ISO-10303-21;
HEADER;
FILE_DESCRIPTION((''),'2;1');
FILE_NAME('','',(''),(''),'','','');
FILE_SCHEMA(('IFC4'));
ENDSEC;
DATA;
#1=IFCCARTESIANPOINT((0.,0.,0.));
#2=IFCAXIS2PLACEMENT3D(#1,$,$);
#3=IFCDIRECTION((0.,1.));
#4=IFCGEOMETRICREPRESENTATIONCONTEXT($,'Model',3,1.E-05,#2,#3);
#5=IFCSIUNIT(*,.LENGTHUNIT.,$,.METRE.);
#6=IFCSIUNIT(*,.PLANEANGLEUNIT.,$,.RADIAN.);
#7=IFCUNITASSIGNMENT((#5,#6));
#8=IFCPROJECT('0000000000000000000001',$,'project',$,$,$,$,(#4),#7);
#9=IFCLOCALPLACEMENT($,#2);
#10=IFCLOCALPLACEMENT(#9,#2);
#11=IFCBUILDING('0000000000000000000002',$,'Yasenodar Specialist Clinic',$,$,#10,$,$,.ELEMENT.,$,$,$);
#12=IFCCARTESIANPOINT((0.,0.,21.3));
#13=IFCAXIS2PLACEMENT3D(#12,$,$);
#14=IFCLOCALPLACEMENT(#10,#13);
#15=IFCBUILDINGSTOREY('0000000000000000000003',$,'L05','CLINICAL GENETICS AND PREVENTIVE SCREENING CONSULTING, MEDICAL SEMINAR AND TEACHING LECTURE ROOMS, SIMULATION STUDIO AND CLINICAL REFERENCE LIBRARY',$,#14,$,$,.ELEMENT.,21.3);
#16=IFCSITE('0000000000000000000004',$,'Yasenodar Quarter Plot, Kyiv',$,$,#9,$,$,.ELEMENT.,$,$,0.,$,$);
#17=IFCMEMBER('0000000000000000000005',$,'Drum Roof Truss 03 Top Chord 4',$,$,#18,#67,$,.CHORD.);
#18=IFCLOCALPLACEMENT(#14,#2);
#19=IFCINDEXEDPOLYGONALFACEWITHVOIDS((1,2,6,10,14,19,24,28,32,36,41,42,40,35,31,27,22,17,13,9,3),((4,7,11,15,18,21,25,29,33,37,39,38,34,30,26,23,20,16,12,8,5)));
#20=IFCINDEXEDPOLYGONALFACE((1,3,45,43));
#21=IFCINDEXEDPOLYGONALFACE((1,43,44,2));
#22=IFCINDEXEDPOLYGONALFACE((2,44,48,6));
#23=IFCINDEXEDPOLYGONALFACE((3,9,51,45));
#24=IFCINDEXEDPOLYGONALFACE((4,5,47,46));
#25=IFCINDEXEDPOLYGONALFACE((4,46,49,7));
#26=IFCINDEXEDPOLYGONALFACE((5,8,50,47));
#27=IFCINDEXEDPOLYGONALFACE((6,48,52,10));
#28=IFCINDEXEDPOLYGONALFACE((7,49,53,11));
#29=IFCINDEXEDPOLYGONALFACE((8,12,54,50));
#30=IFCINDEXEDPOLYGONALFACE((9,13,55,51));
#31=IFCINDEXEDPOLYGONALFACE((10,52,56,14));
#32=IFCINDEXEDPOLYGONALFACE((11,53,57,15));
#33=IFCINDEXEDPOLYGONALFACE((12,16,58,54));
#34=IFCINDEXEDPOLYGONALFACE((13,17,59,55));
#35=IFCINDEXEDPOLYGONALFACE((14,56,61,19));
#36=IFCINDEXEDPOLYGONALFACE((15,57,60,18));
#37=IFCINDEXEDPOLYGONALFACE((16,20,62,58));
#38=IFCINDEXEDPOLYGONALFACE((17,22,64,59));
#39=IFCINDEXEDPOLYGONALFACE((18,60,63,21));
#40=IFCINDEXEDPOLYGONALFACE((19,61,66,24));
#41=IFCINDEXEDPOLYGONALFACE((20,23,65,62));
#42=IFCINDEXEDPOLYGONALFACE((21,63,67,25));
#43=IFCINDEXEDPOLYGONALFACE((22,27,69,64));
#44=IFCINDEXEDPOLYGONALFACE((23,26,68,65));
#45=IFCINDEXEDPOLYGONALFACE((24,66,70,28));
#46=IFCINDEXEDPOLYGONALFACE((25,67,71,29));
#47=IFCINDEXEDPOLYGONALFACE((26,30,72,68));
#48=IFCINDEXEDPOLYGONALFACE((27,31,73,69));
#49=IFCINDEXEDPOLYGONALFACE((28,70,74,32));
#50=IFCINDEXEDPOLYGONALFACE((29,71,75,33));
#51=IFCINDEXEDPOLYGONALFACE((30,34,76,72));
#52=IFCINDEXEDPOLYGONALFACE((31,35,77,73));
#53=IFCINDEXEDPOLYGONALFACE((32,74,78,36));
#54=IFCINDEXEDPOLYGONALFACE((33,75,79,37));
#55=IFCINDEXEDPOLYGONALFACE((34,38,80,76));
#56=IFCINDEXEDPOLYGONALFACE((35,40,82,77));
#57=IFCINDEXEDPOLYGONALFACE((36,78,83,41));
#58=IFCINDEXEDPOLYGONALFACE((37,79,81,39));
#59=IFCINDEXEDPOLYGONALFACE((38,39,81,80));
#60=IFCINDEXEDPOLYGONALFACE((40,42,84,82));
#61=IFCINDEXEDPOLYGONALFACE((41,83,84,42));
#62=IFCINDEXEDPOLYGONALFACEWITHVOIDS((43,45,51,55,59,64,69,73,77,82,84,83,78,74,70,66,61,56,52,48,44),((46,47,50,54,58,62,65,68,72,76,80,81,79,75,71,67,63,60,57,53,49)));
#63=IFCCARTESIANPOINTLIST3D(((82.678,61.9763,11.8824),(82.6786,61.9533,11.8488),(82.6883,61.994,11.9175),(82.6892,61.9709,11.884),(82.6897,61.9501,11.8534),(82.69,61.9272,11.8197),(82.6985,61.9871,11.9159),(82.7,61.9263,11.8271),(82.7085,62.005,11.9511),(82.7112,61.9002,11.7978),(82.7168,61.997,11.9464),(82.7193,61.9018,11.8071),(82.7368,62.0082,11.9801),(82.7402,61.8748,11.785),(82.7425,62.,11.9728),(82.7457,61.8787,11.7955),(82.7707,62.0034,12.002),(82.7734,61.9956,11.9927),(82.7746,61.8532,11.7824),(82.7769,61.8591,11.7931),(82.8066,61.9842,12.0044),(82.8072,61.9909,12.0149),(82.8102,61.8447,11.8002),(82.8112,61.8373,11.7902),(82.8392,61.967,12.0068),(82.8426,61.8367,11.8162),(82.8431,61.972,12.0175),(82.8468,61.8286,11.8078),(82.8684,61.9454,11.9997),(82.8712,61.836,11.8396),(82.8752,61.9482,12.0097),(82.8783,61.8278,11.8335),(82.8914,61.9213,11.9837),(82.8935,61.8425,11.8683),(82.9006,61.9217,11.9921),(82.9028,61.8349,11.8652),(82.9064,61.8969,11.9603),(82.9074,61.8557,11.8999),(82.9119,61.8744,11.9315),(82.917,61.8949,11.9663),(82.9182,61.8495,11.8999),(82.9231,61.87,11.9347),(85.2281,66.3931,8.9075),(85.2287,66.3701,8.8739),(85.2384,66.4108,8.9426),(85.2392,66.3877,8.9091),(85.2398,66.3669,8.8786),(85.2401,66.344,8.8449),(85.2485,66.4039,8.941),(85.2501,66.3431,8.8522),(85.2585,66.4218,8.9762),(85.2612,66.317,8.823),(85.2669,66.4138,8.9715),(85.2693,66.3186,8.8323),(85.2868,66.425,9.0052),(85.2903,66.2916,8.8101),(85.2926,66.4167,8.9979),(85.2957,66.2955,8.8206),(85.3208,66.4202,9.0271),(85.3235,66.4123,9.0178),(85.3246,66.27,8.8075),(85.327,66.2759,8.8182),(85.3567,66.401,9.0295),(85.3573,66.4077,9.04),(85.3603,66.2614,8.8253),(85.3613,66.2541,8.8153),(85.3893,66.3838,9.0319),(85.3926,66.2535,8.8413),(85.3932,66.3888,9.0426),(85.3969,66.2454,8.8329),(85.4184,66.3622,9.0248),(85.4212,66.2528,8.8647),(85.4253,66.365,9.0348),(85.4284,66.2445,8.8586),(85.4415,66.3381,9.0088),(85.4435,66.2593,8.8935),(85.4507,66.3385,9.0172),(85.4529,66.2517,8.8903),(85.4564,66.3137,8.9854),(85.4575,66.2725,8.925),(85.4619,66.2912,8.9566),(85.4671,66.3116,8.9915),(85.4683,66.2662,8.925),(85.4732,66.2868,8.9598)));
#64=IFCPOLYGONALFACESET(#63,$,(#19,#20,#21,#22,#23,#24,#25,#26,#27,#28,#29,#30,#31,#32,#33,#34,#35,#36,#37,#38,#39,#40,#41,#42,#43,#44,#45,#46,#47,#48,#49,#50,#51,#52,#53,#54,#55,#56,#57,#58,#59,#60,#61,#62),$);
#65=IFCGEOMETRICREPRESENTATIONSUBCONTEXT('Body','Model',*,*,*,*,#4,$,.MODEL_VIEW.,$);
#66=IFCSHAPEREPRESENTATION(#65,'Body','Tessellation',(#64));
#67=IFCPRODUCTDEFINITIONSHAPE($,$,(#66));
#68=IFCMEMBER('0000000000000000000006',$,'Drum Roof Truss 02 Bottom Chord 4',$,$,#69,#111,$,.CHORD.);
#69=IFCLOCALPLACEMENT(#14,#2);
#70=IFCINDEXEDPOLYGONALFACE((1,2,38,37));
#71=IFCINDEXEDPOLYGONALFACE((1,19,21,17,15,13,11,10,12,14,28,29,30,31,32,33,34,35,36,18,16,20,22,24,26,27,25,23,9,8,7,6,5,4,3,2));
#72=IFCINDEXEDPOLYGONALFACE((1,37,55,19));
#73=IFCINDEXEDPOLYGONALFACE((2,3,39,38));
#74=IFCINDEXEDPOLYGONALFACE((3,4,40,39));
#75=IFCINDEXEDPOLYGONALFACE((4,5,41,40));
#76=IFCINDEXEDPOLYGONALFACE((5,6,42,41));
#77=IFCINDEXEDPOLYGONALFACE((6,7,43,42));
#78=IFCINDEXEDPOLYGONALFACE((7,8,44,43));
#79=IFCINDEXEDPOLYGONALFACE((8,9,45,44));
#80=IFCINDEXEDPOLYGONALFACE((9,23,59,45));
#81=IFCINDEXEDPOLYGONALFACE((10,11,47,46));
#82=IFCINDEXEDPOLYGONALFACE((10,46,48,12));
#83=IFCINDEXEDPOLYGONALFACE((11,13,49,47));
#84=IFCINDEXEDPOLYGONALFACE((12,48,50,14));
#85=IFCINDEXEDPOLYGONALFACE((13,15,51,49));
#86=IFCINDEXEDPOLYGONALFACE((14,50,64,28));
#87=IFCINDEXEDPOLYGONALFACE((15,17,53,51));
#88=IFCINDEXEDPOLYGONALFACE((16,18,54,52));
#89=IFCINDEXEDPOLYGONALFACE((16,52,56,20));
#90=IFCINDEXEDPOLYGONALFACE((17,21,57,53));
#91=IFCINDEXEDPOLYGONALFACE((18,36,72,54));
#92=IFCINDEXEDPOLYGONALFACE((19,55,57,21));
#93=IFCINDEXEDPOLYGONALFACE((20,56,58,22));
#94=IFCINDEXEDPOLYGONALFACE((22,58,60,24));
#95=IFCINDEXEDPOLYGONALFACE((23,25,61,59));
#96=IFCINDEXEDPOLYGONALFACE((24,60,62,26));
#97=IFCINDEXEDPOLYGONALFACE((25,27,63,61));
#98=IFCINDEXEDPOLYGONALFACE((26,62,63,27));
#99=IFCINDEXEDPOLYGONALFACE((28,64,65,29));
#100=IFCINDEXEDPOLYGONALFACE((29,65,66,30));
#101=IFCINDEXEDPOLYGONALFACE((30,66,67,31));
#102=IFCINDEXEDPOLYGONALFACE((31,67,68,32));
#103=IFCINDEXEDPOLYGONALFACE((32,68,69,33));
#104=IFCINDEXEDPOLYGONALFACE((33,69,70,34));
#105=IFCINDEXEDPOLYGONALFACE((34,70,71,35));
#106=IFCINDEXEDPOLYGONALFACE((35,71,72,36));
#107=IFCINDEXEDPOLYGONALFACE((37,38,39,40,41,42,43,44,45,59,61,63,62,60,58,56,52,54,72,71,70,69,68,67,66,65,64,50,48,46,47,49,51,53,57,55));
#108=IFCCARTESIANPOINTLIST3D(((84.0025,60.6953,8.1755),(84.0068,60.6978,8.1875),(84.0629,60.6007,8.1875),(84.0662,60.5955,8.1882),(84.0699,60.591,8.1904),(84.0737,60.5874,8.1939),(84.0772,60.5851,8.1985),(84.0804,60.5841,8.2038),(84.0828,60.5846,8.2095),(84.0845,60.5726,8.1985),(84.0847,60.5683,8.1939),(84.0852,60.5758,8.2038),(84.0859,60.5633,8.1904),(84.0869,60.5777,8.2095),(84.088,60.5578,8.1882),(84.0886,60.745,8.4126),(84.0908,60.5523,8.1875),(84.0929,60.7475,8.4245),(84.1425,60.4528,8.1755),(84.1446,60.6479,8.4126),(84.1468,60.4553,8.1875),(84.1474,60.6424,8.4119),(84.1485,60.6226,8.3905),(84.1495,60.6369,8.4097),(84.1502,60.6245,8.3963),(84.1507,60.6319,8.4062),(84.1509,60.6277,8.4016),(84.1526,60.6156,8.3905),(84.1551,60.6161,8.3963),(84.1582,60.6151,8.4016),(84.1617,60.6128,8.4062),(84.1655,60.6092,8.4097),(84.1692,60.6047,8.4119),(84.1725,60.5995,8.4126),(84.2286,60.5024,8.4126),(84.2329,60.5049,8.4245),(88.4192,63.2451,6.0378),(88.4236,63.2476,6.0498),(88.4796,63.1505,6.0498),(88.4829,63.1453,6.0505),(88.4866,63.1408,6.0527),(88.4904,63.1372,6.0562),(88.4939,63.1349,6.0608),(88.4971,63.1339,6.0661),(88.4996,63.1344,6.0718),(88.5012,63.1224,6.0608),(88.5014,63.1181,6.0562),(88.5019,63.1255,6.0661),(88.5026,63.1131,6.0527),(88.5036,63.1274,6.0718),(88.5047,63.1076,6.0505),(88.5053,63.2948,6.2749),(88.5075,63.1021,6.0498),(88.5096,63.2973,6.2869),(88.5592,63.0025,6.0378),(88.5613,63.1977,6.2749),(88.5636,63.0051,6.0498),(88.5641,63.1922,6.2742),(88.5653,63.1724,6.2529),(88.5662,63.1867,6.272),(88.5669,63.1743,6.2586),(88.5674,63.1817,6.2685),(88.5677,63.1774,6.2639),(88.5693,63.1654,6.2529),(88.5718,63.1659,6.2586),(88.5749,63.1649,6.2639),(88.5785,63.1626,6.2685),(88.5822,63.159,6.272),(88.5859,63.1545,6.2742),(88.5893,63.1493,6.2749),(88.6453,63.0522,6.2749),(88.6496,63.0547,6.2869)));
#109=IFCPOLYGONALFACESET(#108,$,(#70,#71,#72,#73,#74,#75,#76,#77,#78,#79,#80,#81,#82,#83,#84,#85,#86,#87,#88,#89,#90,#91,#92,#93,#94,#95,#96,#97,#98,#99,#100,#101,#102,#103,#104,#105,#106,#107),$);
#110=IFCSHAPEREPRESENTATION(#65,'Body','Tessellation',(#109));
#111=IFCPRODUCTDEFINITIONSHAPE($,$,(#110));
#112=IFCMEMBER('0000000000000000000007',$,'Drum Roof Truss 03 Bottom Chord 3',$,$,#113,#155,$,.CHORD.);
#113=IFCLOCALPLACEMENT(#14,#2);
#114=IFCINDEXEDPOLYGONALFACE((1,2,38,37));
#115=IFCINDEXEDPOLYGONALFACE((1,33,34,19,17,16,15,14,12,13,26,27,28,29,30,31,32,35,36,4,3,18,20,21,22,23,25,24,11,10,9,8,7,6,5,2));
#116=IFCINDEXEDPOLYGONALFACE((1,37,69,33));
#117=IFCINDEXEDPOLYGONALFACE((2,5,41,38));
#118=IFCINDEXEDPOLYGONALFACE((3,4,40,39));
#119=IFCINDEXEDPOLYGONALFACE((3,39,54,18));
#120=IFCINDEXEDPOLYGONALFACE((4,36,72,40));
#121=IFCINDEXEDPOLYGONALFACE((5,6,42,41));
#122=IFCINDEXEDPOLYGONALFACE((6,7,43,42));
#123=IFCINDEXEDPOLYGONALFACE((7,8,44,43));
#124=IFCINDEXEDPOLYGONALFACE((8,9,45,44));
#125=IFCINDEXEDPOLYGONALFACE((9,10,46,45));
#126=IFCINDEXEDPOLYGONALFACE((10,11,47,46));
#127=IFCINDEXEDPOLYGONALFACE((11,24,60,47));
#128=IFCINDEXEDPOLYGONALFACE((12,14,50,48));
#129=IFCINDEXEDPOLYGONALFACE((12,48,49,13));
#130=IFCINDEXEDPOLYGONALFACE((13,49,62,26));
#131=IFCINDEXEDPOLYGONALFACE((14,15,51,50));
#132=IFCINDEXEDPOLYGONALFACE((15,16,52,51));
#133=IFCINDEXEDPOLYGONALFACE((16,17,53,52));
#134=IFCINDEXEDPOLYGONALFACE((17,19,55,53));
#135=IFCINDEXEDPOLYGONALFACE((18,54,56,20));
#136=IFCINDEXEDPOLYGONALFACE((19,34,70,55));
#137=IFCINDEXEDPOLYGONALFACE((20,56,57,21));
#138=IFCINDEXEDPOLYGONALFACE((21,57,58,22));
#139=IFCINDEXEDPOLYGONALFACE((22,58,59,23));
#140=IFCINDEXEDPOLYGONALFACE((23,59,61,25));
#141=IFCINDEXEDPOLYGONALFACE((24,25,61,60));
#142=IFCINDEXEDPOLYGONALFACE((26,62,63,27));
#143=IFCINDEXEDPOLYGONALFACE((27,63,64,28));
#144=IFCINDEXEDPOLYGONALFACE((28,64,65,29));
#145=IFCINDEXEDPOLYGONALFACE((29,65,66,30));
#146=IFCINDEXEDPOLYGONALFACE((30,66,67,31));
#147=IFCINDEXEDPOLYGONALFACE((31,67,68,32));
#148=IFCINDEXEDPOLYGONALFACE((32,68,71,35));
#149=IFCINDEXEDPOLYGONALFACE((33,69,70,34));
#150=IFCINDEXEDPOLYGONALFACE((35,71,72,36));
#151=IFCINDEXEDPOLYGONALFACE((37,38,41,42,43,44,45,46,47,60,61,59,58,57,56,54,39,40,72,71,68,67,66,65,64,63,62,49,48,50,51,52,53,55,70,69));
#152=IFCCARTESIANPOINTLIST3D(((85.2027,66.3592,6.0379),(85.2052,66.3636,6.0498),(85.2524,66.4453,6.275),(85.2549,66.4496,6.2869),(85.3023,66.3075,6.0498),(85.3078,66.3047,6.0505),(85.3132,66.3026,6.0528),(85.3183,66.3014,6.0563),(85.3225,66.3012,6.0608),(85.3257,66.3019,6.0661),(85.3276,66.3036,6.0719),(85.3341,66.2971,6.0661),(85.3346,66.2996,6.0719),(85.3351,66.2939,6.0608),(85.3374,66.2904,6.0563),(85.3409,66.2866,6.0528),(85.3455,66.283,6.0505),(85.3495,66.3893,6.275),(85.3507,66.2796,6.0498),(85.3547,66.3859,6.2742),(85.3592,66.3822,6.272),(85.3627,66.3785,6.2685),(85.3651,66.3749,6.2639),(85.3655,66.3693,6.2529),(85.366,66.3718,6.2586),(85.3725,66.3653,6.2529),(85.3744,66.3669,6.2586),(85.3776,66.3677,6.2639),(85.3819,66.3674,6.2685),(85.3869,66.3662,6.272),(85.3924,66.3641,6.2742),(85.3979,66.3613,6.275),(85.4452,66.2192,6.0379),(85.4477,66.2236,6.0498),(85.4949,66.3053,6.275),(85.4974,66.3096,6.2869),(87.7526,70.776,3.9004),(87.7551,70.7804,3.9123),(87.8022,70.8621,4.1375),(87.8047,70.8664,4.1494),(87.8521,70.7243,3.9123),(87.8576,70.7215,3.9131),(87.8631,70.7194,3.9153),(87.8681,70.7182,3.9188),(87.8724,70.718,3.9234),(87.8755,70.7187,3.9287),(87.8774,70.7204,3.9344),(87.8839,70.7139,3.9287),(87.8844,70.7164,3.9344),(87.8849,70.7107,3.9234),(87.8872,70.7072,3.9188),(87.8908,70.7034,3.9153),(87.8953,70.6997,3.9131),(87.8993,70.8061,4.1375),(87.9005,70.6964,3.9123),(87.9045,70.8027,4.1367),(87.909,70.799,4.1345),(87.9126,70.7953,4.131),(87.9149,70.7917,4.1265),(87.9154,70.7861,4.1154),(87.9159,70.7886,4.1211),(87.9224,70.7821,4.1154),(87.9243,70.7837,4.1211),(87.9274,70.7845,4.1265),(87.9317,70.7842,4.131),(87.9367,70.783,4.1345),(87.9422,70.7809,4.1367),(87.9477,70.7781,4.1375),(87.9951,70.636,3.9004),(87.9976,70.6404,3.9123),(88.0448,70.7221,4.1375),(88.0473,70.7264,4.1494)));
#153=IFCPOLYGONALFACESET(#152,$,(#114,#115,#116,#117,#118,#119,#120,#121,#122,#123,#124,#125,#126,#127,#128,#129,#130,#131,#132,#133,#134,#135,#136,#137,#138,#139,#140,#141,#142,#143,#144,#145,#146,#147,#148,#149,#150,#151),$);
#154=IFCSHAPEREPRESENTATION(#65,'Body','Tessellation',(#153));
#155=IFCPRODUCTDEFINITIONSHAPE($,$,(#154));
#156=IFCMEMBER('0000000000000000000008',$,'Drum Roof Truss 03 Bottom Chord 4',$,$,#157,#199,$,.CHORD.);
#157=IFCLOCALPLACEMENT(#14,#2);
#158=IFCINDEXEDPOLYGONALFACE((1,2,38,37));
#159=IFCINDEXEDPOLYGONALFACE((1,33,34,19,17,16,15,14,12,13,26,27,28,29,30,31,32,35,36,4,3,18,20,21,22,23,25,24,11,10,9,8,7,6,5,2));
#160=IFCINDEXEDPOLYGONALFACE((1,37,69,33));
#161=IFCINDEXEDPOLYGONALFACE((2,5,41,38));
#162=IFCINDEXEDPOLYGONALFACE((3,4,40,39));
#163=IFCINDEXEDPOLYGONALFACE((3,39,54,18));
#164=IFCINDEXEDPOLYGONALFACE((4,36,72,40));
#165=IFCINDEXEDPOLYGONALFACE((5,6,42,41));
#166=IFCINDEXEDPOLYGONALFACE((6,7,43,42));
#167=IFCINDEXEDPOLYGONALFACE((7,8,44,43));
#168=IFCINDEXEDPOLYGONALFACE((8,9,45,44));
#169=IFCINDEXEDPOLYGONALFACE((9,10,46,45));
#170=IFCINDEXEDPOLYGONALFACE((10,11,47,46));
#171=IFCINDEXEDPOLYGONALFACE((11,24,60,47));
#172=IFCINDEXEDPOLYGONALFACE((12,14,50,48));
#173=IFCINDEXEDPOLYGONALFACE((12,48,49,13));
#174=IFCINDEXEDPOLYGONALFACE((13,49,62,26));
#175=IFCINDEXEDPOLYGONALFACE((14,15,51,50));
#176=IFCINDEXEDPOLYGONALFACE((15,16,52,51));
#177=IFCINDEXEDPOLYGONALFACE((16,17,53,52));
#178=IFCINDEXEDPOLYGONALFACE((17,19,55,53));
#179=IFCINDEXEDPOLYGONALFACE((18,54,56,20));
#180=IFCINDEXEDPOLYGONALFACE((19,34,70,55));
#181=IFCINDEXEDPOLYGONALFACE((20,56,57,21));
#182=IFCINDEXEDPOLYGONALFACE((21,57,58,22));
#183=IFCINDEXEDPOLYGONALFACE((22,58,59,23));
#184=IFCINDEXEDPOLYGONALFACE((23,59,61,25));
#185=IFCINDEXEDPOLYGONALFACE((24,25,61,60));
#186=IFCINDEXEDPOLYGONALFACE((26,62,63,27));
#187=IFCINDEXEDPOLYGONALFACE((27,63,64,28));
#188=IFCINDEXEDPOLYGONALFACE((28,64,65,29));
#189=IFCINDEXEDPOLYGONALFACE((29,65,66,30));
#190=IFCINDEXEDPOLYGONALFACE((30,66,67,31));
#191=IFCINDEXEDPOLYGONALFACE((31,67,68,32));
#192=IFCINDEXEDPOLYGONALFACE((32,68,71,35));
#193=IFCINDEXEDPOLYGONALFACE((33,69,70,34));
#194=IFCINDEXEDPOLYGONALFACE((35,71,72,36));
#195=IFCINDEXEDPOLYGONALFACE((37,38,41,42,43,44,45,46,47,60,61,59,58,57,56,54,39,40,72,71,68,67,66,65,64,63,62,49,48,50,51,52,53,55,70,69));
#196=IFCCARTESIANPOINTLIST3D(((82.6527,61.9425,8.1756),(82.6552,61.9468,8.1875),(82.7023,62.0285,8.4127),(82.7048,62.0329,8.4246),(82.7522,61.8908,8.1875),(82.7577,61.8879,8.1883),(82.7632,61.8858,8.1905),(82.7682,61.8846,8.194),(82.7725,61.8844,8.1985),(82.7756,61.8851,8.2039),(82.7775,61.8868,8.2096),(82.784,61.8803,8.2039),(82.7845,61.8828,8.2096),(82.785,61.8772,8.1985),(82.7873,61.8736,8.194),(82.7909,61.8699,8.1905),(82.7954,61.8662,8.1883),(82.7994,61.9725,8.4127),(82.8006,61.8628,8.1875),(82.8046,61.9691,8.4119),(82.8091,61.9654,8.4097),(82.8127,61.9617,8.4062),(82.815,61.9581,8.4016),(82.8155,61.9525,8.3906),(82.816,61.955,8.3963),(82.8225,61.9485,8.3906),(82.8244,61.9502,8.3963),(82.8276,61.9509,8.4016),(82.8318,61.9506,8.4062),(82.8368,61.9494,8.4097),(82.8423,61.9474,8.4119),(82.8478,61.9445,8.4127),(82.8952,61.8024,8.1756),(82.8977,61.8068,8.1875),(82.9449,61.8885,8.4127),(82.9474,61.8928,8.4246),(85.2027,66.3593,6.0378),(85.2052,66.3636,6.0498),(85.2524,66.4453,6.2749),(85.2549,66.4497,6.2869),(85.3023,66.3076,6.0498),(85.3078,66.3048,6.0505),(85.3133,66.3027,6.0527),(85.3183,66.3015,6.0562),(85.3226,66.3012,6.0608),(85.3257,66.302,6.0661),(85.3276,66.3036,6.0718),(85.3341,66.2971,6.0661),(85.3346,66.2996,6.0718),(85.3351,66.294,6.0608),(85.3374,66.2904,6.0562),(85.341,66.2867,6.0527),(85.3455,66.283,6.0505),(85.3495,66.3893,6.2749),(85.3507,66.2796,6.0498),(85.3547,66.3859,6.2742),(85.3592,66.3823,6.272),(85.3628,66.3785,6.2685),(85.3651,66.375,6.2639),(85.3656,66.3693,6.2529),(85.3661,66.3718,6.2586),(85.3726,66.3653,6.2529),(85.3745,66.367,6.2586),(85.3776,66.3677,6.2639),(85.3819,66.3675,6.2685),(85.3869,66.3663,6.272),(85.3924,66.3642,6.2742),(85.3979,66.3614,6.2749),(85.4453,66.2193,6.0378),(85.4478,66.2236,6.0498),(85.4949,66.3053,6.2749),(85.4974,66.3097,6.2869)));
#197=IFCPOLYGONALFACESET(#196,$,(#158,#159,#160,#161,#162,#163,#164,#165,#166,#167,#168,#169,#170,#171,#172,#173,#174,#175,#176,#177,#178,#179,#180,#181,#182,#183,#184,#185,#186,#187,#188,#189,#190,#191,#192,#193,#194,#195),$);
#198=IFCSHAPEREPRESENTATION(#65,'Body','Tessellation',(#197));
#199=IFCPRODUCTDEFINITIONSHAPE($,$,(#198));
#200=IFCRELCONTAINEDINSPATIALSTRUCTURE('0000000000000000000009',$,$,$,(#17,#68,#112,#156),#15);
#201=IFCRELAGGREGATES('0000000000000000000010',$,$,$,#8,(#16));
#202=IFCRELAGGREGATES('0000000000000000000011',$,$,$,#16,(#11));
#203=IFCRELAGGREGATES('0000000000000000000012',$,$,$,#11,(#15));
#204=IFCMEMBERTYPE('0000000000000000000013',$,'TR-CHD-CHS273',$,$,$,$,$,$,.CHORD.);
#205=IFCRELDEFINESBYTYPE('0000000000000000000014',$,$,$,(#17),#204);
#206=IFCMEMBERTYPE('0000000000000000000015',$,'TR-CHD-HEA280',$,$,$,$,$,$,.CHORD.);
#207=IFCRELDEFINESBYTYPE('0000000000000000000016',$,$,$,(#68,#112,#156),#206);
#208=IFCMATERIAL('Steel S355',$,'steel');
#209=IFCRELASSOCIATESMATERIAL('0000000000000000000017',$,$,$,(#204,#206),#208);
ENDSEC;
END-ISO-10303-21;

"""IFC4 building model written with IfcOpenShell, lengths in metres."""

from ifc_helpers import new_model, si_unit, direction, frame, origin, origin_2d, place, context, subcontext, project, spatial, hollow_circle, i_section, extrude, material, material_profile, profile_set, type_object, element, save


model = new_model("IFC4")

# Units and contexts
model_context = context("Model", 3, precision=1e-05, world=origin(), true_north=direction((0.0, 1.0)))
body_context = subcontext(model_context, "Body", "Model", "MODEL_VIEW")
ifc_project = project(units=[si_unit("LENGTHUNIT", "METRE"), si_unit("PLANEANGLEUNIT", "RADIAN")], contexts=[model_context])

# Site, building, storey
site_placement = place(None, origin())
site = spatial("IfcSite", under=ifc_project, at=site_placement, Name="Yasenodar Quarter Plot, Kyiv", CompositionType="ELEMENT", RefElevation=0.0)
building_placement = place(site_placement, origin())
building = spatial("IfcBuilding", under=site, at=building_placement, Name="Yasenodar Specialist Clinic", CompositionType="ELEMENT")
storey_placement = place(building_placement, frame((0.0, 0.0, 21.3)))
storey = spatial("IfcBuildingStorey", under=building, at=storey_placement, Name="L05", Description="CLINICAL GENETICS AND PREVENTIVE SCREENING CONSULTING, MEDICAL SEMINAR AND TEACHING LECTURE ROOMS, SIMULATION STUDIO AND CLINICAL REFERENCE LIBRARY", CompositionType="ELEMENT", Elevation=21.3)

# Shared definitions
ifc_material = material(Name="Steel S355", Category="steel")

# Members
ifc_material_profile_1 = material_profile(ifc_material, hollow_circle(Radius=0.1365, WallThickness=0.0125, at=origin_2d()), Name="CHS 273x12.5")
ifc_profile_set_1 = profile_set([ifc_material_profile_1], Name="Steel S355")
member_type_1 = type_object("IfcMemberType", Name="TR-CHD-CHS273", PredefinedType="CHORD", material=ifc_profile_set_1)
for number, where, z_axis, x_axis, name in (
    (1, (85.3501, 66.3345, 8.925), (-0.431901, -0.748063, 0.50385), (0.866022, -0.500006, 0.0), "Drum Roof Truss 03 Top Chord 4"),
):
    element("IfcMember", number, at=place(storey_placement, frame(where, z_axis=z_axis, x_axis=x_axis)), inside=storey, type_object=member_type_1, Name=name, PredefinedType="CHORD", context=body_context, shape_type="SweptSolid", body=[
        extrude(hollow_circle(Radius=0.1365, WallThickness=0.0125, at=origin_2d()), origin(), (0.0, 0.0, 1.0), 5.9043),
    ])
ifc_material_profile_2 = material_profile(ifc_material, i_section(OverallWidth=0.28, OverallDepth=0.27, WebThickness=0.0081, FlangeThickness=0.0129, FilletRadius=0.0239, at=origin_2d()), Name="HEA 280")
ifc_profile_set_2 = profile_set([ifc_material_profile_2], Name="Steel S355")
member_type_2 = type_object("IfcMemberType", Name="TR-CHD-HEA280", PredefinedType="CHORD", material=ifc_profile_set_2)
for number, where, z_axis, x_axis, name in (
    (2, (88.5344, 63.1499, 6.1624), (-0.798715, -0.461101, 0.386576), (0.49997, -0.866043, 0.0), "Drum Roof Truss 02 Bottom Chord 4"),
    (3, (87.8999, 70.7512, 4.0249), (-0.461109, -0.798728, 0.386538), (0.866043, -0.49997, 0.0), "Drum Roof Truss 03 Bottom Chord 3"),
):
    element("IfcMember", number, at=place(storey_placement, frame(where, z_axis=z_axis, x_axis=x_axis)), inside=storey, type_object=member_type_2, Name=name, PredefinedType="CHORD", context=body_context, shape_type="SweptSolid", body=[
        extrude(i_section(OverallWidth=0.28, OverallDepth=0.27, WebThickness=0.0081, FlangeThickness=0.0129, FilletRadius=0.0239, at=origin_2d()), origin(), (0.0, 0.0, 1.0), 5.5298),
    ])
for number, where, z_axis, x_axis, name in (
    (4, (85.3501, 66.3345, 6.1624), (-0.461136, -0.798698, 0.386568), (0.866022, -0.500006, 0.0), "Drum Roof Truss 03 Bottom Chord 4"),
):
    element("IfcMember", number, at=place(storey_placement, frame(where, z_axis=z_axis, x_axis=x_axis)), inside=storey, type_object=member_type_2, Name=name, PredefinedType="CHORD", context=body_context, shape_type="SweptSolid", body=[
        extrude(i_section(OverallWidth=0.28, OverallDepth=0.27, WebThickness=0.0081, FlangeThickness=0.0129, FilletRadius=0.0239, at=origin_2d()), origin(), (0.0, 0.0, 1.0), 5.53),
    ])

save(model, "model.ifc")
